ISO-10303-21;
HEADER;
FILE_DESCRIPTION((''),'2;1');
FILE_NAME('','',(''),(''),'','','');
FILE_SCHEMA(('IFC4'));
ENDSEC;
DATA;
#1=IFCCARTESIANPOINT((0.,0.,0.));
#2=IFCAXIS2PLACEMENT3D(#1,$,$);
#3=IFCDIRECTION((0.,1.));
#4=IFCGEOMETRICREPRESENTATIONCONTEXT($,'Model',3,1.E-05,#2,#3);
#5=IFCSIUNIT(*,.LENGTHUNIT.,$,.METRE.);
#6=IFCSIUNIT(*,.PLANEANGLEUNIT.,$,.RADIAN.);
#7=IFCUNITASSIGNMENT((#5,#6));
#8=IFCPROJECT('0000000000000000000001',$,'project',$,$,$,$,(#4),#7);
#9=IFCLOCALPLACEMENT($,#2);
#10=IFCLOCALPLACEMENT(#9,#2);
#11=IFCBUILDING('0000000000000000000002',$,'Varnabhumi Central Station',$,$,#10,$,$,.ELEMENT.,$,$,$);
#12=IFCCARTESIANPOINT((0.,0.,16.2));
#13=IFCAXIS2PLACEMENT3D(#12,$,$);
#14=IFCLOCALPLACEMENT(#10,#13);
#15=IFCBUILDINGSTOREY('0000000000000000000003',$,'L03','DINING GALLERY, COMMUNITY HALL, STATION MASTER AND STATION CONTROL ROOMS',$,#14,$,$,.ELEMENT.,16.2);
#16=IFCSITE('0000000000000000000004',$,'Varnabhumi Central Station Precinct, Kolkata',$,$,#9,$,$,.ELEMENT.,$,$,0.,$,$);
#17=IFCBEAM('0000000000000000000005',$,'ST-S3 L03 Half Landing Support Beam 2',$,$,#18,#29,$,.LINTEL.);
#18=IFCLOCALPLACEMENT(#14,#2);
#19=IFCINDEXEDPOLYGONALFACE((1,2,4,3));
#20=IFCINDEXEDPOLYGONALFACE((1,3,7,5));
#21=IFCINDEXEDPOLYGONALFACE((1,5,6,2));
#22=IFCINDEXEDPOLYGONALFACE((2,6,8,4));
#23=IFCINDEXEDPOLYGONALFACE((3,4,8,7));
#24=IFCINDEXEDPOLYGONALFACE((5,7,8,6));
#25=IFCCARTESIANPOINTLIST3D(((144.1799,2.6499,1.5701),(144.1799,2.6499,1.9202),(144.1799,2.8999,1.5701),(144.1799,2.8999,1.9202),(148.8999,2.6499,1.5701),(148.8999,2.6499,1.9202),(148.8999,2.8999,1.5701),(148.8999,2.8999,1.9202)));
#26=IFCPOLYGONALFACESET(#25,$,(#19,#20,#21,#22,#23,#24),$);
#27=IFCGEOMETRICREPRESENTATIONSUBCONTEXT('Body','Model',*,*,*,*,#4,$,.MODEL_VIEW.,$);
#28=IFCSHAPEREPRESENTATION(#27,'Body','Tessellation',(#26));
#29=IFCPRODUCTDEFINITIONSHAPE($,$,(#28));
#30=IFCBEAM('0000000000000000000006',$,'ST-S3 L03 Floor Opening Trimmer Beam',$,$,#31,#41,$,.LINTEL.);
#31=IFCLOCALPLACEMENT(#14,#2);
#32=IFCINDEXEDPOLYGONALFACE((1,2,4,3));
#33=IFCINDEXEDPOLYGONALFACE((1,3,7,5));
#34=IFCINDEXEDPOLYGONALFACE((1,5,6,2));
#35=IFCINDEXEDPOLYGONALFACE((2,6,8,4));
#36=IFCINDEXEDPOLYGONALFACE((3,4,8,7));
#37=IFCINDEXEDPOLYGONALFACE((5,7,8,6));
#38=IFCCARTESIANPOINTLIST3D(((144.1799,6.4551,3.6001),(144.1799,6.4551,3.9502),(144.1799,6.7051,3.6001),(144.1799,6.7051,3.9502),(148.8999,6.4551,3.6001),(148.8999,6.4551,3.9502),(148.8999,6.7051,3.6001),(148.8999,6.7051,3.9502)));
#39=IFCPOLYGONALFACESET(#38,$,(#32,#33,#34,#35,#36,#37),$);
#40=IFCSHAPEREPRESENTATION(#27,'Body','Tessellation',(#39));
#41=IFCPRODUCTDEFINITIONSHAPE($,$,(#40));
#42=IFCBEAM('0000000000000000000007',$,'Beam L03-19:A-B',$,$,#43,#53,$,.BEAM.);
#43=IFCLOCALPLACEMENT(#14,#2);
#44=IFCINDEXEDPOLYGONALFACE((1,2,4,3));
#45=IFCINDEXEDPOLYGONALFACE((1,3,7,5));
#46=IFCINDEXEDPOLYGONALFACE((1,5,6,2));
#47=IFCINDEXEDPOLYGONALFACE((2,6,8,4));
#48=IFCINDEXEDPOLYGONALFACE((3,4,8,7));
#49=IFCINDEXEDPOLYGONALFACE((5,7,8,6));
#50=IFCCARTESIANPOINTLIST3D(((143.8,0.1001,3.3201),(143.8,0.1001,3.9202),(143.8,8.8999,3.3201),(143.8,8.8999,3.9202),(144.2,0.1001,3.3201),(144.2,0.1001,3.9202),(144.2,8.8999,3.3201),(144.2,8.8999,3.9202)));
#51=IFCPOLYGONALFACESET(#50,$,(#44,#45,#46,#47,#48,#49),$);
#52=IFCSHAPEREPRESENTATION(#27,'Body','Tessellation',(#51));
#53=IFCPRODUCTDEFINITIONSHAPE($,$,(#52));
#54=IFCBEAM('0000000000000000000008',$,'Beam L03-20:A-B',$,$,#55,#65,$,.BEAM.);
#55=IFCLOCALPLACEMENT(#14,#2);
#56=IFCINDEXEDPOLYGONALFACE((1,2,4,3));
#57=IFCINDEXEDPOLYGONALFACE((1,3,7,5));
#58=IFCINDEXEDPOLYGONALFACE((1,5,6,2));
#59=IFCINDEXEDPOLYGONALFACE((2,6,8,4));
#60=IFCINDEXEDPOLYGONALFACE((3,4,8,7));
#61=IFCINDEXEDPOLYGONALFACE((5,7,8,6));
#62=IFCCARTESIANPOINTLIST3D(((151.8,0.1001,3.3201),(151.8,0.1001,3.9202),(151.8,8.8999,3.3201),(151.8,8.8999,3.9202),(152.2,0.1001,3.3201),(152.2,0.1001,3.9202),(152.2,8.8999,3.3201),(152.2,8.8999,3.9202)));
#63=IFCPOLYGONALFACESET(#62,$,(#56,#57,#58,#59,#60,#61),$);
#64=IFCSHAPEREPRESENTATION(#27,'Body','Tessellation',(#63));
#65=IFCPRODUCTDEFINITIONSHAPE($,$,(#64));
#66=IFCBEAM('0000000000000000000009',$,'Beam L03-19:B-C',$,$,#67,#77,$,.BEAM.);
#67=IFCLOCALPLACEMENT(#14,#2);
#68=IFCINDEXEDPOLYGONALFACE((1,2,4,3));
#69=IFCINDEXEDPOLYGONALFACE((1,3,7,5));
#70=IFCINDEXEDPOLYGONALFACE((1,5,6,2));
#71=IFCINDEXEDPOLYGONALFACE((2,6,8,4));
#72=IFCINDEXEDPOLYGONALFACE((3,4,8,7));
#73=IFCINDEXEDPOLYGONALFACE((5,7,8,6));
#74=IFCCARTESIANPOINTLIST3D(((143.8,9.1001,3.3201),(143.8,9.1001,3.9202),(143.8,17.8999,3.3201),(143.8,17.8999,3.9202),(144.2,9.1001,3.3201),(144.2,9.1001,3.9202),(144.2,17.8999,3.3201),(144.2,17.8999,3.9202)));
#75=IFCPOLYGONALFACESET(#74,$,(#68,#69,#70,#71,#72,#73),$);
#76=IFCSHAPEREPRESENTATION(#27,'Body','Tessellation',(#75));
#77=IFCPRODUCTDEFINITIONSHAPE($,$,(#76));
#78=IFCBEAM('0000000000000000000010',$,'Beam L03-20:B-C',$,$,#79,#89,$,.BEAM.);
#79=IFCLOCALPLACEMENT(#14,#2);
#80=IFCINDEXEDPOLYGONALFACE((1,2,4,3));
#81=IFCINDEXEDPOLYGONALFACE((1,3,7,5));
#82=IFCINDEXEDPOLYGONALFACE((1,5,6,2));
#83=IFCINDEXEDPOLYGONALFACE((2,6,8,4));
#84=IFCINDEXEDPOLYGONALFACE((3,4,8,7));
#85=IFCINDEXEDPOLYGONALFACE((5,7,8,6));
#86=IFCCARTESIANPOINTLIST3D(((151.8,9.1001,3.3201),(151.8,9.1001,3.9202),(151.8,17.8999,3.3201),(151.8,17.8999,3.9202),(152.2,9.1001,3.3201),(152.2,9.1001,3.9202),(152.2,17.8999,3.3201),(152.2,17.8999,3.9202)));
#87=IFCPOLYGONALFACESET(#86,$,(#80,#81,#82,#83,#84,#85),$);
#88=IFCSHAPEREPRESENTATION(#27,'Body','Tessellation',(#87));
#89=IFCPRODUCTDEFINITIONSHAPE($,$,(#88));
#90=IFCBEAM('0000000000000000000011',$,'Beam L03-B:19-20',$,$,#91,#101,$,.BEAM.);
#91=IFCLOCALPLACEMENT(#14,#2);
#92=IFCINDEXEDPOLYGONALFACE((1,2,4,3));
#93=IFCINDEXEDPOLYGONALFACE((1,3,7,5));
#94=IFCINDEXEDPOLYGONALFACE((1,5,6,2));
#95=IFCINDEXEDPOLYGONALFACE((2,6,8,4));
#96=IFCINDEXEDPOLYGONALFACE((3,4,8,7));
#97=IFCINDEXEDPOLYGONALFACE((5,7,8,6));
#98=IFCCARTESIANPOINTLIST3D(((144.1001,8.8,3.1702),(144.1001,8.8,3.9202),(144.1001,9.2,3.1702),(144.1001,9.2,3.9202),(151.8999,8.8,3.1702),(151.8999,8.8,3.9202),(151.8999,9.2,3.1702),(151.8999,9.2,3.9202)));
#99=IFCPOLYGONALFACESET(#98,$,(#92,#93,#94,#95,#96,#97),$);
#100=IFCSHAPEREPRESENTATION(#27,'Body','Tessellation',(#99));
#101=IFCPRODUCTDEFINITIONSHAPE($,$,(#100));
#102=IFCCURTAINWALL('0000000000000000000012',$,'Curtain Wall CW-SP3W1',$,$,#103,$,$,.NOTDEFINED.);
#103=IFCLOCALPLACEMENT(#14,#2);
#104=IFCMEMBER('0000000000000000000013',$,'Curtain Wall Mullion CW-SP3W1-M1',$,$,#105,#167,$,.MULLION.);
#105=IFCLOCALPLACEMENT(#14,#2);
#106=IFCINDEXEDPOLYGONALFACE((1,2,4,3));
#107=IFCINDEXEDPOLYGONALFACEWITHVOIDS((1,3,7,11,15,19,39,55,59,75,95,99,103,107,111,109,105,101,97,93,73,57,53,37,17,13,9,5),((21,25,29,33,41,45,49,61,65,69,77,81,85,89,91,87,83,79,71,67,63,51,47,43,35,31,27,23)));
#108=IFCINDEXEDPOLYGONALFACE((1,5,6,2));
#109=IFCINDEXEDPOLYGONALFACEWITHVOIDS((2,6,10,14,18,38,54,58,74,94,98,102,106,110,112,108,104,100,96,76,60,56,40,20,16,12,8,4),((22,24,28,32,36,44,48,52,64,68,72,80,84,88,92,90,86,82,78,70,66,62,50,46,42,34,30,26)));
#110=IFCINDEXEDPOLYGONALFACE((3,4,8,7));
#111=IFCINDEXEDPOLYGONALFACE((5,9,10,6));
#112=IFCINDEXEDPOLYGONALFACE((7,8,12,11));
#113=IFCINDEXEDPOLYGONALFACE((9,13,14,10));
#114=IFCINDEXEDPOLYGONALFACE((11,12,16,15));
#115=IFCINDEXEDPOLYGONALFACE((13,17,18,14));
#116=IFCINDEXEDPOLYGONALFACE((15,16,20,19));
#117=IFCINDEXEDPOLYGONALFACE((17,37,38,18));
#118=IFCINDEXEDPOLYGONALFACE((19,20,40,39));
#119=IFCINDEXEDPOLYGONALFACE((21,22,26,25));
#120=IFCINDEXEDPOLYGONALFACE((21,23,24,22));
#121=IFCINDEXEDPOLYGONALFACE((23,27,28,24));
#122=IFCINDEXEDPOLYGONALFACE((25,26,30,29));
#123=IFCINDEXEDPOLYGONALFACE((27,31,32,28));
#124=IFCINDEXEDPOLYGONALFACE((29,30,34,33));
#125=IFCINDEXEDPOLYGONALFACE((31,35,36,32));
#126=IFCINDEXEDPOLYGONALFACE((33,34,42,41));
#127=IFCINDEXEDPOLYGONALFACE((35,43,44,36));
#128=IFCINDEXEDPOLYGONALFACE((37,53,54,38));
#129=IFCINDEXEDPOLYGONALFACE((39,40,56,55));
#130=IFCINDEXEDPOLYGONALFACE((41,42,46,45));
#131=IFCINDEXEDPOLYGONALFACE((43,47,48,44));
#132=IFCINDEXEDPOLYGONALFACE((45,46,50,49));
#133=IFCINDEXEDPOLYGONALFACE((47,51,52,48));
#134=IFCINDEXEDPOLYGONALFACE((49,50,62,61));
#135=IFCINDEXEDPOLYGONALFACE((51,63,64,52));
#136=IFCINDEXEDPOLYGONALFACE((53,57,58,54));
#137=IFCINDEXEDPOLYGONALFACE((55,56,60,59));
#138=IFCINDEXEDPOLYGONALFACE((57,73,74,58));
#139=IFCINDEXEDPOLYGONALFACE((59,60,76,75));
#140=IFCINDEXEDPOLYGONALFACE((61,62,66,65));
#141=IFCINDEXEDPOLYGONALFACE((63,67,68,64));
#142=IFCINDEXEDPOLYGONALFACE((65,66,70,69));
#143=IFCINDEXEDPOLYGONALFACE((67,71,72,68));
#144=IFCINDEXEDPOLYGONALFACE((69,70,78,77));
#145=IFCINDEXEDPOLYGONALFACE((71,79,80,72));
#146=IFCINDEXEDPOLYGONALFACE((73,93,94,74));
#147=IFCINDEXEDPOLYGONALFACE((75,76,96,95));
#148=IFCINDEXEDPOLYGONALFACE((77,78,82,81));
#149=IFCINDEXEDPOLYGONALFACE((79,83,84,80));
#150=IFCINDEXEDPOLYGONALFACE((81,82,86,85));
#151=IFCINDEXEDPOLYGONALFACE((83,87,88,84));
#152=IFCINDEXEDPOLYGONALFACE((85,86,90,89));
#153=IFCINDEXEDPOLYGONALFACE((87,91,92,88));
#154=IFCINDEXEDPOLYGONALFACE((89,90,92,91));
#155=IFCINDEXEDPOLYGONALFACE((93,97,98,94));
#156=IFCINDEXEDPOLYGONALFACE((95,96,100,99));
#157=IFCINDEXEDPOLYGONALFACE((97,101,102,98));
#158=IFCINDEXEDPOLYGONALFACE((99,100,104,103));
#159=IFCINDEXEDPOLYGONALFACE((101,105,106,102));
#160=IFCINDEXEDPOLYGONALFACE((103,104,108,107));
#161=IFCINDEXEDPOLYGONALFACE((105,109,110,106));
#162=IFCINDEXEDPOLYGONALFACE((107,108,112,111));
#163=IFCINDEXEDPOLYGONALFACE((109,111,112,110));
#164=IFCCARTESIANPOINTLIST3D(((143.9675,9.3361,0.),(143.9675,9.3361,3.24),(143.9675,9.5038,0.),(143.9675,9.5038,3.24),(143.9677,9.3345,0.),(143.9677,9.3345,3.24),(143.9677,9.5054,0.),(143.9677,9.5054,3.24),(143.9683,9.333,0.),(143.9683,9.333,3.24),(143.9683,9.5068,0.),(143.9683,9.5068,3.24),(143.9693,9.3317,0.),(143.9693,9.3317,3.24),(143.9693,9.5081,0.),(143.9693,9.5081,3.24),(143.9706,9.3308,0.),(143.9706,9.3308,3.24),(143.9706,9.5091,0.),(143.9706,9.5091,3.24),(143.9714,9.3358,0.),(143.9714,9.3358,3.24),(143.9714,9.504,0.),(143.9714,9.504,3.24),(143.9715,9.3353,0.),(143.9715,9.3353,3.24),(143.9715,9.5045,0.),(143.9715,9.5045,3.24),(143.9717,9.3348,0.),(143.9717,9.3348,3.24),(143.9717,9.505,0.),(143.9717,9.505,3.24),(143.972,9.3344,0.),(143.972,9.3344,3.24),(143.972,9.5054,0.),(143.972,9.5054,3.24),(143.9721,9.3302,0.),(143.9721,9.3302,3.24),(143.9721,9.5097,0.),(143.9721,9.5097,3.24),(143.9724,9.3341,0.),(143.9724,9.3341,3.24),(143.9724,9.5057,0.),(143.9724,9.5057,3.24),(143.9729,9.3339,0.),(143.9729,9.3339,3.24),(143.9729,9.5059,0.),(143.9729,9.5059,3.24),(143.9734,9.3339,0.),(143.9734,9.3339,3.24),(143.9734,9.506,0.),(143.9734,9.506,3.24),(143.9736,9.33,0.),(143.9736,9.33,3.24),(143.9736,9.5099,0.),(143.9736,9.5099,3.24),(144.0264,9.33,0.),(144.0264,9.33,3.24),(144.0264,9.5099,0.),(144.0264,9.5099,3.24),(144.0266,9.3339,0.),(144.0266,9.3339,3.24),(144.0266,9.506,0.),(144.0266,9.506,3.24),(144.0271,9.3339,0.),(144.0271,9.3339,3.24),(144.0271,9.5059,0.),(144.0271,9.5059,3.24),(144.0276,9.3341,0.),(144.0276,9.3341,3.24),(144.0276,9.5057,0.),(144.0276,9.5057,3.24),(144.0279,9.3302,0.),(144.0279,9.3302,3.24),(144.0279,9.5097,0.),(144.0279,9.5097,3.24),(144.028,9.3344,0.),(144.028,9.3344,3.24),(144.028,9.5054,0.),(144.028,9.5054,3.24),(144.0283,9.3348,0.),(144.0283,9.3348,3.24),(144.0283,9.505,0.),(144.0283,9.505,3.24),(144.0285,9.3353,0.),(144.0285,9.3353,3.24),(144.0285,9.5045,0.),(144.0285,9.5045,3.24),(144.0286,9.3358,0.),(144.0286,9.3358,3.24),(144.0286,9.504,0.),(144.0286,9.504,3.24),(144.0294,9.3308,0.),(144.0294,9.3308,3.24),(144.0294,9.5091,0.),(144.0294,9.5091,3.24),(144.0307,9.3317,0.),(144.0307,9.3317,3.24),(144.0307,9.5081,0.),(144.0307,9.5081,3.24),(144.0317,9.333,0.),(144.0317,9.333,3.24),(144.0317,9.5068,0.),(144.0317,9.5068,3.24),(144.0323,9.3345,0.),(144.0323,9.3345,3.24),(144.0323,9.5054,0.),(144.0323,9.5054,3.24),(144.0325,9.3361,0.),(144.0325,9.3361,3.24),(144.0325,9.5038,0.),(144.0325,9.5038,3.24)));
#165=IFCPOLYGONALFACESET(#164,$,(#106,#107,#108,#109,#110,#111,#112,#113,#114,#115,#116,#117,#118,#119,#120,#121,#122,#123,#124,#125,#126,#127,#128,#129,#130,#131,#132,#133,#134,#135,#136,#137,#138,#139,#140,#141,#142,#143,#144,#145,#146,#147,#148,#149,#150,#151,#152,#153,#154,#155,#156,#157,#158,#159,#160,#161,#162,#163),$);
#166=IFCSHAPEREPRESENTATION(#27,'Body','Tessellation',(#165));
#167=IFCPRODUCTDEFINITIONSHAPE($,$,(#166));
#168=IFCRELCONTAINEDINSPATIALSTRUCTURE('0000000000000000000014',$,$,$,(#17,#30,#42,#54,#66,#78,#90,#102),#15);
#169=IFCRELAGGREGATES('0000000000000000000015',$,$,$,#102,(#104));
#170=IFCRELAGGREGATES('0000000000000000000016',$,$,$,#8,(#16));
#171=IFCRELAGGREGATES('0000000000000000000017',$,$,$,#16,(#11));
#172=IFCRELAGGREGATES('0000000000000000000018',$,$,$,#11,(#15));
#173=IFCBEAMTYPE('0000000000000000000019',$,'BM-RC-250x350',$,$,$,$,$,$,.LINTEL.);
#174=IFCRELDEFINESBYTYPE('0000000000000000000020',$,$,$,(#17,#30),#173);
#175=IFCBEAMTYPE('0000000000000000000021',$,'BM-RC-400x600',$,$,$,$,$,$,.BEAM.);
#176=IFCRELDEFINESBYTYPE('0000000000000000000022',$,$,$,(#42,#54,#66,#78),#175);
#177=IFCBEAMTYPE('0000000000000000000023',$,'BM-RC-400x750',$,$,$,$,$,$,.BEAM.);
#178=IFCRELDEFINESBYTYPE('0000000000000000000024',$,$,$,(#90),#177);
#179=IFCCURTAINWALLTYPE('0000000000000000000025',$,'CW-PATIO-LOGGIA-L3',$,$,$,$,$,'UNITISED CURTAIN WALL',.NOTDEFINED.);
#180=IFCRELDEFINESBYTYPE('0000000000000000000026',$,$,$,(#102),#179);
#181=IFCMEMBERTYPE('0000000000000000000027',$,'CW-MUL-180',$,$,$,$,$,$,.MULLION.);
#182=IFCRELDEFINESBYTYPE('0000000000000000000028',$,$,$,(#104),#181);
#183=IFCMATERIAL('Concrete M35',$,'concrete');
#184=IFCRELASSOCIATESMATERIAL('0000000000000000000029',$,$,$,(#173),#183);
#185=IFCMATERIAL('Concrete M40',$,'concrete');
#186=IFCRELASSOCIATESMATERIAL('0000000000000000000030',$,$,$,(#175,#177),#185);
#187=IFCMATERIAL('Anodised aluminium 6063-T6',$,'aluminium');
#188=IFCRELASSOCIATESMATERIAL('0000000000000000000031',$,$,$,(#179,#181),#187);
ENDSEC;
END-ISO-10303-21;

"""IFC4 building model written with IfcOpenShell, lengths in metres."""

from ifc_helpers import new_model, si_unit, direction, frame, origin, origin_2d, place, context, subcontext, project, spatial, rectangle, hollow_rectangle, extrude, material, material_profile, profile_set, type_object, element, aggregate, save


model = new_model("IFC4")

# Units and contexts
model_context = context("Model", 3, precision=1e-05, world=origin(), true_north=direction((0.0, 1.0)))
body_context = subcontext(model_context, "Body", "Model", "MODEL_VIEW")
ifc_project = project(units=[si_unit("LENGTHUNIT", "METRE"), si_unit("PLANEANGLEUNIT", "RADIAN")], contexts=[model_context])

# Site, building, storey
site_placement = place(None, origin())
site = spatial("IfcSite", under=ifc_project, at=site_placement, Name="Varnabhumi Central Station Precinct, Kolkata", CompositionType="ELEMENT", RefElevation=0.0)
building_placement = place(site_placement, origin())
building = spatial("IfcBuilding", under=site, at=building_placement, Name="Varnabhumi Central Station", CompositionType="ELEMENT")
storey_placement = place(building_placement, frame((0.0, 0.0, 16.2)))
storey = spatial("IfcBuildingStorey", under=building, at=storey_placement, Name="L03", Description="DINING GALLERY, COMMUNITY HALL, STATION MASTER AND STATION CONTROL ROOMS", CompositionType="ELEMENT", Elevation=16.2)

# Shared definitions
ifc_material_1 = material(Name="Concrete M40", Category="concrete")

# Beams
ifc_material_2 = material(Name="Concrete M35", Category="concrete")
ifc_material_profile_1 = material_profile(ifc_material_2, rectangle(XDim=0.25, YDim=0.3501, at=origin_2d()), Name="Concrete M35", Category="concrete")
ifc_profile_set_1 = profile_set([ifc_material_profile_1], Name="Concrete M35")
beam_type_1 = type_object("IfcBeamType", Name="BM-RC-250x350", PredefinedType="LINTEL", material=ifc_profile_set_1)
for number, where, z_axis, x_axis, name in (
    (1, (144.1799, 2.7749, 1.7451), (1.0, 0.0, 0.0), (0.0, 1.0, 0.0), "ST-S3 L03 Half Landing Support Beam 2"),
    (2, (144.1799, 6.5801, 3.7751), (1.0, 0.0, 0.0), (0.0, 1.0, 0.0), "ST-S3 L03 Floor Opening Trimmer Beam"),
):
    element("IfcBeam", number, at=place(storey_placement, frame(where, z_axis=z_axis, x_axis=x_axis)), inside=storey, type_object=beam_type_1, Name=name, PredefinedType="LINTEL", context=body_context, shape_type="SweptSolid", body=[
        extrude(rectangle(XDim=0.25, YDim=0.3501, at=origin_2d()), origin(), (0.0, 0.0, 1.0), 4.72),
    ])
ifc_material_profile_2 = material_profile(ifc_material_1, rectangle(XDim=0.3999, YDim=0.6001, at=origin_2d()), Name="Concrete M40", Category="concrete")
ifc_profile_set_2 = profile_set([ifc_material_profile_2], Name="Concrete M40")
beam_type_2 = type_object("IfcBeamType", Name="BM-RC-400x600", PredefinedType="BEAM", material=ifc_profile_set_2)
for number, where, z_axis, x_axis, name in (
    (3, (144.0, 0.1001, 3.6201), (0.0, 1.0, 0.0), (-1.0, 0.0, 0.0), "Beam L03-19:A-B"),
    (4, (152.0, 0.1001, 3.6201), (0.0, 1.0, 0.0), (-1.0, 0.0, 0.0), "Beam L03-20:A-B"),
    (5, (144.0, 9.1001, 3.6201), (0.0, 1.0, 0.0), (-1.0, 0.0, 0.0), "Beam L03-19:B-C"),
    (6, (152.0, 9.1001, 3.6201), (0.0, 1.0, 0.0), (-1.0, 0.0, 0.0), "Beam L03-20:B-C"),
):
    element("IfcBeam", number, at=place(storey_placement, frame(where, z_axis=z_axis, x_axis=x_axis)), inside=storey, type_object=beam_type_2, Name=name, PredefinedType="BEAM", context=body_context, shape_type="SweptSolid", body=[
        extrude(rectangle(XDim=0.3999, YDim=0.6001, at=origin_2d()), origin(), (0.0, 0.0, 1.0), 8.7998),
    ])
ifc_material_profile_3 = material_profile(ifc_material_1, rectangle(XDim=0.3999, YDim=0.75, at=origin_2d()), Name="Concrete M40", Category="concrete")
ifc_profile_set_3 = profile_set([ifc_material_profile_3], Name="Concrete M40")
beam_type_3 = type_object("IfcBeamType", Name="BM-RC-400x750", PredefinedType="BEAM", material=ifc_profile_set_3)
beam_1_placement = place(storey_placement, frame((144.1001, 9.0, 3.5452), z_axis=(1.0, 0.0, 0.0), x_axis=(0.0, 1.0, 0.0)))
element("IfcBeam", 7, at=beam_1_placement, inside=storey, type_object=beam_type_3, Name="Beam L03-B:19-20", PredefinedType="BEAM", context=body_context, shape_type="SweptSolid", body=[
    extrude(rectangle(XDim=0.3999, YDim=0.75, at=origin_2d()), origin(), (0.0, 0.0, 1.0), 7.7998),
])

# Curtain wall, member
ifc_material_3 = material(Name="Anodised aluminium 6063-T6", Category="aluminium")
curtain_wall_type = type_object("IfcCurtainWallType", Name="CW-PATIO-LOGGIA-L3", ElementType="UNITISED CURTAIN WALL", PredefinedType="NOTDEFINED", material=ifc_material_3)
curtain_wall_1_placement = place(storey_placement, origin())
curtain_wall_1 = element("IfcCurtainWall", 8, at=curtain_wall_1_placement, inside=storey, type_object=curtain_wall_type, Name="Curtain Wall CW-SP3W1", PredefinedType="NOTDEFINED")
ifc_material_profile_4 = material_profile(ifc_material_3, hollow_rectangle(XDim=0.0649, YDim=0.1799, WallThickness=0.0039, InnerFilletRadius=0.002, OuterFilletRadius=0.0061, at=origin_2d()), Name="Anodised aluminium 6063-T6", Category="aluminium")
ifc_profile_set_4 = profile_set([ifc_material_profile_4], Name="Anodised aluminium 6063-T6")
member_type_1 = type_object("IfcMemberType", Name="CW-MUL-180", PredefinedType="MULLION", material=ifc_profile_set_4)
member_1_placement = place(storey_placement, frame((144.0, 9.4199, 0.0), z_axis=(0.0, 0.0, 1.0), x_axis=(1.0, 0.0, 0.0)))
member_1 = element("IfcMember", 9, at=member_1_placement, type_object=member_type_1, Name="Curtain Wall Mullion CW-SP3W1-M1", PredefinedType="MULLION", context=body_context, shape_type="SweptSolid", body=[
    extrude(hollow_rectangle(XDim=0.0649, YDim=0.1799, WallThickness=0.0039, InnerFilletRadius=0.002, OuterFilletRadius=0.0061, at=origin_2d()), origin(), (0.0, 0.0, 1.0), 3.24),
])

aggregate(curtain_wall_1, [member_1])

save(model, "model.ifc")
